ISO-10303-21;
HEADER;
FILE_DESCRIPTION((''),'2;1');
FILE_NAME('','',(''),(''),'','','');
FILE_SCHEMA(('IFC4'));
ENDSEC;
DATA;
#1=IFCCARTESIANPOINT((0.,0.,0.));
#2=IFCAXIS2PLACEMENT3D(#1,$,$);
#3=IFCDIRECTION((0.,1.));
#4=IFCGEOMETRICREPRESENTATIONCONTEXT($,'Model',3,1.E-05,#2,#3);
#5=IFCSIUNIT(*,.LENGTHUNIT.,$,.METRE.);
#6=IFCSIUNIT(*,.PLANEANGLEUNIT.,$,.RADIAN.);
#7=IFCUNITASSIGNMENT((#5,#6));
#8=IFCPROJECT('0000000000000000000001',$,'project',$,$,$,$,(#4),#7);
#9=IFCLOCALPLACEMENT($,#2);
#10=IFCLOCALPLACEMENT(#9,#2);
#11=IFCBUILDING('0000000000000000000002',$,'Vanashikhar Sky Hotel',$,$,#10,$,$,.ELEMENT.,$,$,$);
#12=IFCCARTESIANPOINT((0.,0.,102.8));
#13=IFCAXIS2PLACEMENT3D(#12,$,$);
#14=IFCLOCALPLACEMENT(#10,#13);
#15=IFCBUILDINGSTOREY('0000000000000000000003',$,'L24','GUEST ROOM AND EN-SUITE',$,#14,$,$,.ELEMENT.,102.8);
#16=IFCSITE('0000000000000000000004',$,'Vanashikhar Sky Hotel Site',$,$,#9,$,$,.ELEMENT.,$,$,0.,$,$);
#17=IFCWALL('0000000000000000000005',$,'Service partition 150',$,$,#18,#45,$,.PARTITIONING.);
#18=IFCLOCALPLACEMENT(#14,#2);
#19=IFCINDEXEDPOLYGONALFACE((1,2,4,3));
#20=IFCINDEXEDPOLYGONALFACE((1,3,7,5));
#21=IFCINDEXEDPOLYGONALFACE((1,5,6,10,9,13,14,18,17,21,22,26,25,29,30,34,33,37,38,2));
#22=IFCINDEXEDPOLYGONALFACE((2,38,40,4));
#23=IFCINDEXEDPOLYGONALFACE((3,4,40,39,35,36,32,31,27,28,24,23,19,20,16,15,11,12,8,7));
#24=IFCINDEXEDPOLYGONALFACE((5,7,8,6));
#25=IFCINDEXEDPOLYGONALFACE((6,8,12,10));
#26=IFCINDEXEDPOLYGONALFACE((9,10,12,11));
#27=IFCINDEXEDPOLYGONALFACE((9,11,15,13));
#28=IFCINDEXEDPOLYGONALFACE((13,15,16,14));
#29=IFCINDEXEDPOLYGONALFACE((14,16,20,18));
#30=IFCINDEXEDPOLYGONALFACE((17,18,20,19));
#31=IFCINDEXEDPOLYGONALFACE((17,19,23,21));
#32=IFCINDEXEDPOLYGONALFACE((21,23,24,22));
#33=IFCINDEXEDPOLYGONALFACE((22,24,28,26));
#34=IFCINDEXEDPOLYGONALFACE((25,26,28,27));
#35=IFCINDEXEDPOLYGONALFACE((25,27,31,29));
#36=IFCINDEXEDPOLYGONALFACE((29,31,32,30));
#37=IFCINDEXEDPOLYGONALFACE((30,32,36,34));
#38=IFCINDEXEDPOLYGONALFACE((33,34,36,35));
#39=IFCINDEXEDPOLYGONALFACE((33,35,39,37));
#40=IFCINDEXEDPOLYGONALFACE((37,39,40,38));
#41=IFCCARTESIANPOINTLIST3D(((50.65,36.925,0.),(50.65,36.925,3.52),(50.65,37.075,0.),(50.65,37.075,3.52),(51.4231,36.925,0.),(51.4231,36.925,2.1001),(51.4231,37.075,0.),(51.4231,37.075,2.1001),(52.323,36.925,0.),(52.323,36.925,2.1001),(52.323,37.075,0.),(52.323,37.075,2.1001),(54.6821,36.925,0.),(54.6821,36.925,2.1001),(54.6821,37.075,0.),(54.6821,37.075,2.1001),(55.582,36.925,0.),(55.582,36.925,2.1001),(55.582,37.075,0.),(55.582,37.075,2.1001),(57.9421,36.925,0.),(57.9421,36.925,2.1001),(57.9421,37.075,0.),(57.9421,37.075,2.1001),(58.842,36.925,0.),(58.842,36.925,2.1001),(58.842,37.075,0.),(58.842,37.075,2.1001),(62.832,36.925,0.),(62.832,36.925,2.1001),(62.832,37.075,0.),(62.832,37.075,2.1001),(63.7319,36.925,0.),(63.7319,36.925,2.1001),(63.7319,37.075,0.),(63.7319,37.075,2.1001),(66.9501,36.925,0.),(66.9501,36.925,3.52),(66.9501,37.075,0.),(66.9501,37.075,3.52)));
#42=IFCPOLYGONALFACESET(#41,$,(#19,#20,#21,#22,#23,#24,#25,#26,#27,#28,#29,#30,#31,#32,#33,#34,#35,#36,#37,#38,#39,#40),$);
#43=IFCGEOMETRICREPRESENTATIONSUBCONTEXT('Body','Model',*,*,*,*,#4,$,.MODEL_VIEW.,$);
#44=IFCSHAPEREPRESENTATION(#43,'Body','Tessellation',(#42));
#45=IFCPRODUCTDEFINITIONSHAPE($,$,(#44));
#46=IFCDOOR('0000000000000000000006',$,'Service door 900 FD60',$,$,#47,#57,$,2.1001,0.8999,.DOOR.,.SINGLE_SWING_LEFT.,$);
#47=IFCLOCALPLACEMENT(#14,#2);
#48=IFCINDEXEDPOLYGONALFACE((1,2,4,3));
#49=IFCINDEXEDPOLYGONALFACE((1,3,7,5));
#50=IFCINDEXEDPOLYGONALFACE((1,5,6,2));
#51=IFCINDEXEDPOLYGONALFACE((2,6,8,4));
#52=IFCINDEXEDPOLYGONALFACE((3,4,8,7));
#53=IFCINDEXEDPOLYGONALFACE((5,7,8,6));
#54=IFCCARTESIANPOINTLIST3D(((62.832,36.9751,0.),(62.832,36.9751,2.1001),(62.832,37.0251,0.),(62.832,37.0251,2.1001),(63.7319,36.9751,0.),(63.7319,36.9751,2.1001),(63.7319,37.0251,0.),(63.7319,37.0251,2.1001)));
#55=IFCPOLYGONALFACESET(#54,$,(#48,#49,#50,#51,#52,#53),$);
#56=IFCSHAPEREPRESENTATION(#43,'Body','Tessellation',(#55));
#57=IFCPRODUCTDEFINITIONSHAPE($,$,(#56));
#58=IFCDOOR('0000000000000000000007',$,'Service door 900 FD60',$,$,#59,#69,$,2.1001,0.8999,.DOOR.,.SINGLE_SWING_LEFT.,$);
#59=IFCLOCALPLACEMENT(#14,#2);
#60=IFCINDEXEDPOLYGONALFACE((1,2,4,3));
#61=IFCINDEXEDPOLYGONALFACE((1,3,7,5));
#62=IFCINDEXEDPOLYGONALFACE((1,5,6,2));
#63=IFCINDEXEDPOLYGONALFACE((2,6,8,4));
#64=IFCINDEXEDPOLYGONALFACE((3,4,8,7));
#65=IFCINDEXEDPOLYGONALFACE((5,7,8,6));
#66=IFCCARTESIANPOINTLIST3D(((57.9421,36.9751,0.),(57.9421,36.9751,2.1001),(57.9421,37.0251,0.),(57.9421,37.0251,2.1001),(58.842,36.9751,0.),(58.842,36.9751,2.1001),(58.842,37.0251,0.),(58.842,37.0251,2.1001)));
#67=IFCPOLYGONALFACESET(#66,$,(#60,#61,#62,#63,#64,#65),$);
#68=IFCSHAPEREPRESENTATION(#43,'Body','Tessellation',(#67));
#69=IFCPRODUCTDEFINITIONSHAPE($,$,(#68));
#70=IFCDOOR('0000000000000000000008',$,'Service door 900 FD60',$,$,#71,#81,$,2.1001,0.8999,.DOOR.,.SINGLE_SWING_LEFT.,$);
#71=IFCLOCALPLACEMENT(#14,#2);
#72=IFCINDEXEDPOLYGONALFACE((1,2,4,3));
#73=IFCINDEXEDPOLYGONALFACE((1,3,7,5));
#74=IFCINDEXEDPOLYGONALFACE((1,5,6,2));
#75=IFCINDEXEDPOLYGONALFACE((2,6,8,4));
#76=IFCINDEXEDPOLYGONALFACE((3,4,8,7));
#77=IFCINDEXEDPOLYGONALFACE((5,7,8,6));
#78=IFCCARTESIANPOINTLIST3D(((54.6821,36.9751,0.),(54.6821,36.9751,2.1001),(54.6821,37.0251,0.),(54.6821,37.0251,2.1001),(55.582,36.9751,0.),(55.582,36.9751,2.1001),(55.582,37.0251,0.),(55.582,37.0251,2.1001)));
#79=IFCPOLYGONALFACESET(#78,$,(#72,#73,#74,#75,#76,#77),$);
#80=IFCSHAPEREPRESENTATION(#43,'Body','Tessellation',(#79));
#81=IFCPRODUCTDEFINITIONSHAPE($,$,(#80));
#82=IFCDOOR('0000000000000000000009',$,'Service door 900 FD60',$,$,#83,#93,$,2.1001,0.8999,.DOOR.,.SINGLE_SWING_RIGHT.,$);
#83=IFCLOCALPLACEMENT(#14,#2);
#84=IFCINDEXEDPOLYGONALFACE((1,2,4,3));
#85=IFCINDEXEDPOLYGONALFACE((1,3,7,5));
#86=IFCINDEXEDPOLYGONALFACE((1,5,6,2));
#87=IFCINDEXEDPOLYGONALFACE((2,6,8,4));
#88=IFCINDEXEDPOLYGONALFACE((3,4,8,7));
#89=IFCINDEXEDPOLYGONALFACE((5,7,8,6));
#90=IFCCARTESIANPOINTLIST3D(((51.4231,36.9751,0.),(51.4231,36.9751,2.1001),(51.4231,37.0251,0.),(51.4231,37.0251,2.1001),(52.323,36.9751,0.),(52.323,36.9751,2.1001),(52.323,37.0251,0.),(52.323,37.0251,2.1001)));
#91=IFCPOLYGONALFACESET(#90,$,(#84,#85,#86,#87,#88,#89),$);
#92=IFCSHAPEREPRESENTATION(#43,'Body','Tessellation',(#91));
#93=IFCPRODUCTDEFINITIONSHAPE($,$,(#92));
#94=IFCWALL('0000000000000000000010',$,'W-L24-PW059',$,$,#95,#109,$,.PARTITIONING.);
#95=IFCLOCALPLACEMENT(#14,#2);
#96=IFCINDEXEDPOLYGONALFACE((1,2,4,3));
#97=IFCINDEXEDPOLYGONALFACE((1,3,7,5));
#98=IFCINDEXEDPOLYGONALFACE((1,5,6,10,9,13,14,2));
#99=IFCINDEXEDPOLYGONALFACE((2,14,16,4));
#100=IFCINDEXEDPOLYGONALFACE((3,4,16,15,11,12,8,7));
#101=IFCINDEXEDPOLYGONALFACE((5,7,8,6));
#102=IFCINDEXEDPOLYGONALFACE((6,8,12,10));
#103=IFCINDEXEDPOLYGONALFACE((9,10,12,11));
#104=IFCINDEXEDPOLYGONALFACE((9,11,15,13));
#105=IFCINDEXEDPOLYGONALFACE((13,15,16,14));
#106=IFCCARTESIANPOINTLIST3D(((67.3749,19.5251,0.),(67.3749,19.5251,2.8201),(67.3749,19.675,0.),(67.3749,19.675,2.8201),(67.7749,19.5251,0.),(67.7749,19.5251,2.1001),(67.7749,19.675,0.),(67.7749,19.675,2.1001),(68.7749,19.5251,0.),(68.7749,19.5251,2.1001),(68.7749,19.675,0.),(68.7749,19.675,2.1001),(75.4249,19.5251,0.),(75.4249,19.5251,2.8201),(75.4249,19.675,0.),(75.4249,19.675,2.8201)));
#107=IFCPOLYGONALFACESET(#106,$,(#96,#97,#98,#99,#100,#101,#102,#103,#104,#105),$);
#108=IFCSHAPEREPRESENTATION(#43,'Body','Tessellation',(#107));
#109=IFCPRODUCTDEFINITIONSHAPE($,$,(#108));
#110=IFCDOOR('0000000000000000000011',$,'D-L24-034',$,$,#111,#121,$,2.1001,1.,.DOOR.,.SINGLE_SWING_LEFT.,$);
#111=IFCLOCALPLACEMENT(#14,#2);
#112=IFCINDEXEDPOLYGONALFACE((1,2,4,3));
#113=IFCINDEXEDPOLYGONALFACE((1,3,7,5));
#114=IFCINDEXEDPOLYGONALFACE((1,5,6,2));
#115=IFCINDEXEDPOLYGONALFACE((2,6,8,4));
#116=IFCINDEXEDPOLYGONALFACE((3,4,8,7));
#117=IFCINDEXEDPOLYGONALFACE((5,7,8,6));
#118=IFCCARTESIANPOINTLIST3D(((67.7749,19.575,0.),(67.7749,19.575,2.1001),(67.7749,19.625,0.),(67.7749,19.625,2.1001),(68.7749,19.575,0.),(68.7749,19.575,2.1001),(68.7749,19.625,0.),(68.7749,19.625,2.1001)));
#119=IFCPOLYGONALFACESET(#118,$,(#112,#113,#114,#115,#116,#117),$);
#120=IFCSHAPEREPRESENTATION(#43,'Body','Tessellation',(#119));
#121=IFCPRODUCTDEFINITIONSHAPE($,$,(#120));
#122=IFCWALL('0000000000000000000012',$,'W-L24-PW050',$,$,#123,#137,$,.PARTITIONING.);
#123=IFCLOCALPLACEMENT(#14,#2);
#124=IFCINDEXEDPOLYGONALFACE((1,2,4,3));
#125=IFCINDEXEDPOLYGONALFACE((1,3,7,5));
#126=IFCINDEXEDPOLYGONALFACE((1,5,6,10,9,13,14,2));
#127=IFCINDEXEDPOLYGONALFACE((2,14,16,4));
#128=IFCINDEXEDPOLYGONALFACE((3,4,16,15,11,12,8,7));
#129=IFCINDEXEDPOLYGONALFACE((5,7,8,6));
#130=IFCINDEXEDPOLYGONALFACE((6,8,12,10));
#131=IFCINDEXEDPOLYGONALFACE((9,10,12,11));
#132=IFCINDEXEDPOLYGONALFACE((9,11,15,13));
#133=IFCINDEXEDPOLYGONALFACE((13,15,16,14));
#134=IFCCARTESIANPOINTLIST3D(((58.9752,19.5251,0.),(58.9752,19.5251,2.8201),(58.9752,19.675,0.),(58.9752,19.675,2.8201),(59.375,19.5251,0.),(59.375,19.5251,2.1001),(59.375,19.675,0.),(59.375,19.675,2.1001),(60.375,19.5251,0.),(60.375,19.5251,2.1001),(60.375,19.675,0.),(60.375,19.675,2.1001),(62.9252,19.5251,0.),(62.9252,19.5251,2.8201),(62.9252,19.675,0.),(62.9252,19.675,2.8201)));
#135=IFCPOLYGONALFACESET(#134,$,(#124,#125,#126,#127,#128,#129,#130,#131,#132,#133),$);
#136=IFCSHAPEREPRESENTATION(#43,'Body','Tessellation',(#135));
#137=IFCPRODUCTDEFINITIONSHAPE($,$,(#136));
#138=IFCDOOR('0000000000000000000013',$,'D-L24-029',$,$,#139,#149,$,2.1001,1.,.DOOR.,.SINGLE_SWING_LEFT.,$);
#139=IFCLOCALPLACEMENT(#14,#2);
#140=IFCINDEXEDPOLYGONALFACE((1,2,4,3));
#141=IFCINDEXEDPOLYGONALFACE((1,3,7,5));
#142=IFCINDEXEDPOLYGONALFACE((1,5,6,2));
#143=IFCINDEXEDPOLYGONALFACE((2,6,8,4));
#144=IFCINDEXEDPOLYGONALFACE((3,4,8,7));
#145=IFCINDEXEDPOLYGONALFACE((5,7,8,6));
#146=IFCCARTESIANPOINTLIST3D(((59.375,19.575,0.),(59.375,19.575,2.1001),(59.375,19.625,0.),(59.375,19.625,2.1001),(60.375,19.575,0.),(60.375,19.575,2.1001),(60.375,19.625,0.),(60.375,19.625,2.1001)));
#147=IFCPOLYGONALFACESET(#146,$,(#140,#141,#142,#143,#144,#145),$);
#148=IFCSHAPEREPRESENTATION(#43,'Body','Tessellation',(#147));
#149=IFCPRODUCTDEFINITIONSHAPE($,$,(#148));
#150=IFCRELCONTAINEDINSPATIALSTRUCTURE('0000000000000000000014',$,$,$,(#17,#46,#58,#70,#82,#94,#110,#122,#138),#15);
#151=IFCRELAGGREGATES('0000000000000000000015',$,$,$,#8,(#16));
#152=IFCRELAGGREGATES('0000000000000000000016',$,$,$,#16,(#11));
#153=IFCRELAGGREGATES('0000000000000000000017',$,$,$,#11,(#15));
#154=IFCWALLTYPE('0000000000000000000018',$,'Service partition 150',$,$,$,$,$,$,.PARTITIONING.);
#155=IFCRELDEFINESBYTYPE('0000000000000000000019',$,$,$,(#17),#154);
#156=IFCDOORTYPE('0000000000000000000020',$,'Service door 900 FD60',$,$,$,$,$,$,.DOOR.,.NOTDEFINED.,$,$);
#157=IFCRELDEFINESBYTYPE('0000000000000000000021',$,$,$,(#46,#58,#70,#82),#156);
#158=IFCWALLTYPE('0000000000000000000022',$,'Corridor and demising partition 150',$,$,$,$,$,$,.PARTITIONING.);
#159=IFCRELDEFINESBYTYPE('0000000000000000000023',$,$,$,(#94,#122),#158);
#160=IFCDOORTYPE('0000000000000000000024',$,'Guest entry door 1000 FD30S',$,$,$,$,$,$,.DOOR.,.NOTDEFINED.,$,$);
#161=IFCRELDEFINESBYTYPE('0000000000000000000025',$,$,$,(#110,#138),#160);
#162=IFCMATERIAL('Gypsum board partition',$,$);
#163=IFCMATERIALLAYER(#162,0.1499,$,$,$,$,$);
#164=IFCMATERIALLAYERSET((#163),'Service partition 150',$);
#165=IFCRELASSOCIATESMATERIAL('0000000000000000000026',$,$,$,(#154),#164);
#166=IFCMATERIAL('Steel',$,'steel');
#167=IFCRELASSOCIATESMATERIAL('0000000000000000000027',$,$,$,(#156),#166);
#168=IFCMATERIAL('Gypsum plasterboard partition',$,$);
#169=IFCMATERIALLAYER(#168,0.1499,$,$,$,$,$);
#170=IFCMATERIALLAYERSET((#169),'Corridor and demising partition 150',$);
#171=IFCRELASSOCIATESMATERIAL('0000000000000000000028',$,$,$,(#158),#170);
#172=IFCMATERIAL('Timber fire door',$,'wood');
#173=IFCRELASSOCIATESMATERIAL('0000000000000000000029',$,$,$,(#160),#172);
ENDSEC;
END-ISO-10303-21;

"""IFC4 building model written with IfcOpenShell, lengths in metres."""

from ifc_helpers import new_model, si_unit, direction, frame, frame_2d, origin, place, context, subcontext, project, spatial, rectangle, extrude, source, transform, mapped, material, layer, layer_set, type_object, element, fill, save


model = new_model("IFC4")

# Units and contexts
model_context = context("Model", 3, precision=1e-05, world=origin(), true_north=direction((0.0, 1.0)))
body_context = subcontext(model_context, "Body", "Model", "MODEL_VIEW")
ifc_project = project(units=[si_unit("LENGTHUNIT", "METRE"), si_unit("PLANEANGLEUNIT", "RADIAN")], contexts=[model_context])

# Site, building, storey
site_placement = place(None, origin())
site = spatial("IfcSite", under=ifc_project, at=site_placement, Name="Vanashikhar Sky Hotel Site", CompositionType="ELEMENT", RefElevation=0.0)
building_placement = place(site_placement, origin())
building = spatial("IfcBuilding", under=site, at=building_placement, Name="Vanashikhar Sky Hotel", CompositionType="ELEMENT")
storey_placement = place(building_placement, frame((0.0, 0.0, 102.8)))
storey = spatial("IfcBuildingStorey", under=building, at=storey_placement, Name="L24", Description="GUEST ROOM AND EN-SUITE", CompositionType="ELEMENT", Elevation=102.8)

# Shared definitions
ifc_material_1 = material(Name="Gypsum board partition")
ifc_layer_1 = layer(ifc_material_1, 0.1499)
ifc_layer_set_1 = layer_set([ifc_layer_1], Name="Service partition 150")
wall_type_1 = type_object("IfcWallType", Name="Service partition 150", PredefinedType="PARTITIONING", material=ifc_layer_set_1)
shared_shape_1 = source(origin(), body_context, "Body", "SweptSolid", [
    extrude(rectangle(XDim=0.8999, YDim=2.1001, at=frame_2d((0.45, 1.05))), frame((0.0, 0.085, 0.0), z_axis=(0.0, -1.0, 0.0), x_axis=(1.0, 0.0, 0.0)), (0.0, 0.0, 1.0), 0.1699),
])
ifc_material_2 = material(Name="Steel", Category="steel")
door_type_1 = type_object("IfcDoorType", Name="Service door 900 FD60", OperationType="NOTDEFINED", PredefinedType="DOOR", material=ifc_material_2)
shared_shape_2 = source(origin(), body_context, "Body", "SweptSolid", [
    extrude(rectangle(XDim=0.8999, YDim=2.1001, at=frame_2d((0.45, 1.05))), frame((0.0, 0.0249, 0.0), z_axis=(0.0, -1.0, 0.0), x_axis=(1.0, 0.0, 0.0)), (0.0, 0.0, 1.0), 0.05),
])

# Wall, openings, doors
shared_shape_3 = source(origin(), body_context, "Body", "SweptSolid", [
    extrude(rectangle(XDim=16.3, YDim=0.1499, at=frame_2d((8.1499, 0.0))), origin(), (0.0, 0.0, 1.0), 3.52),
])
wall_1_placement = place(storey_placement, frame((66.95, 37.0, 0.0), z_axis=(0.0, 0.0, 1.0), x_axis=(-1.0, 0.0, 0.0)))
wall_1 = element("IfcWall", 1, at=wall_1_placement, inside=storey, type_object=wall_type_1, Name="Service partition 150", PredefinedType="PARTITIONING", context=body_context, shape_type="MappedRepresentation", body=[
    mapped(shared_shape_3, transform((0.0, 0.0, 0.0), scale=1.0)),
])
opening_1_placement = place(wall_1_placement, frame((3.218, 0.0, 0.0)))
opening_1 = element("IfcOpeningElement", 2, at=opening_1_placement, cuts=wall_1, PredefinedType="OPENING", context=body_context, shape_type="MappedRepresentation", body=[
    mapped(shared_shape_1, transform((0.0, 0.0, 0.0), scale=1.0)),
])
opening_2_placement = place(wall_1_placement, frame((8.1079, 0.0, 0.0)))
opening_2 = element("IfcOpeningElement", 3, at=opening_2_placement, cuts=wall_1, PredefinedType="OPENING", context=body_context, shape_type="MappedRepresentation", body=[
    mapped(shared_shape_1, transform((0.0, 0.0, 0.0), scale=1.0)),
])
opening_3_placement = place(wall_1_placement, frame((11.3679, 0.0, 0.0)))
opening_3 = element("IfcOpeningElement", 4, at=opening_3_placement, cuts=wall_1, PredefinedType="OPENING", context=body_context, shape_type="MappedRepresentation", body=[
    mapped(shared_shape_1, transform((0.0, 0.0, 0.0), scale=1.0)),
])
opening_4_placement = place(wall_1_placement, frame((14.627, 0.0, 0.0)))
opening_4 = element("IfcOpeningElement", 5, at=opening_4_placement, cuts=wall_1, PredefinedType="OPENING", context=body_context, shape_type="MappedRepresentation", body=[
    mapped(shared_shape_1, transform((0.0, 0.0, 0.0), scale=1.0)),
])
door_1_placement = place(opening_1_placement, origin())
door_1 = element("IfcDoor", 6, at=door_1_placement, inside=storey, type_object=door_type_1, Name="Service door 900 FD60", OperationType="SINGLE_SWING_LEFT", OverallHeight=2.1001, OverallWidth=0.8999, PredefinedType="DOOR", context=body_context, shape_type="MappedRepresentation", body=[
    mapped(shared_shape_2, transform((0.0, 0.0, 0.0), scale=1.0)),
])
fill(opening_1, door_1)
door_2_placement = place(opening_2_placement, origin())
door_2 = element("IfcDoor", 7, at=door_2_placement, inside=storey, type_object=door_type_1, Name="Service door 900 FD60", OperationType="SINGLE_SWING_LEFT", OverallHeight=2.1001, OverallWidth=0.8999, PredefinedType="DOOR", context=body_context, shape_type="MappedRepresentation", body=[
    mapped(shared_shape_2, transform((0.0, 0.0, 0.0), scale=1.0)),
])
fill(opening_2, door_2)
door_3_placement = place(opening_3_placement, origin())
door_3 = element("IfcDoor", 8, at=door_3_placement, inside=storey, type_object=door_type_1, Name="Service door 900 FD60", OperationType="SINGLE_SWING_LEFT", OverallHeight=2.1001, OverallWidth=0.8999, PredefinedType="DOOR", context=body_context, shape_type="MappedRepresentation", body=[
    mapped(shared_shape_2, transform((0.0, 0.0, 0.0), scale=1.0)),
])
fill(opening_3, door_3)
door_4_placement = place(opening_4_placement, origin())
door_4 = element("IfcDoor", 9, at=door_4_placement, inside=storey, type_object=door_type_1, Name="Service door 900 FD60", OperationType="SINGLE_SWING_RIGHT", OverallHeight=2.1001, OverallWidth=0.8999, PredefinedType="DOOR", context=body_context, shape_type="MappedRepresentation", body=[
    mapped(shared_shape_2, transform((0.0, 0.0, 0.0), scale=1.0)),
])
fill(opening_4, door_4)

# Walls, openings, doors
ifc_material_3 = material(Name="Gypsum plasterboard partition")
ifc_layer_2 = layer(ifc_material_3, 0.1499)
ifc_layer_set_2 = layer_set([ifc_layer_2], Name="Corridor and demising partition 150")
wall_type_2 = type_object("IfcWallType", Name="Corridor and demising partition 150", PredefinedType="PARTITIONING", material=ifc_layer_set_2)
shared_shape_4 = source(origin(), body_context, "Body", "SweptSolid", [
    extrude(rectangle(XDim=8.05, YDim=0.1499, at=frame_2d((4.0249, 0.0))), origin(), (0.0, 0.0, 1.0), 2.8201),
])
wall_2_placement = place(storey_placement, frame((67.375, 19.6001, 0.0), z_axis=(0.0, 0.0, 1.0), x_axis=(1.0, 0.0, 0.0)))
wall_2 = element("IfcWall", 10, at=wall_2_placement, inside=storey, type_object=wall_type_2, Name="W-L24-PW059", PredefinedType="PARTITIONING", context=body_context, shape_type="MappedRepresentation", body=[
    mapped(shared_shape_4, transform((0.0, 0.0, 0.0), scale=1.0)),
])
shared_shape_5 = source(origin(), body_context, "Body", "SweptSolid", [
    extrude(rectangle(XDim=1.0, YDim=2.1001, at=frame_2d((0.5, 1.05))), frame((0.0, 0.085, 0.0), z_axis=(0.0, -1.0, 0.0), x_axis=(1.0, 0.0, 0.0)), (0.0, 0.0, 1.0), 0.1699),
])
opening_5_placement = place(wall_2_placement, frame((0.3999, 0.0, 0.0)))
opening_5 = element("IfcOpeningElement", 11, at=opening_5_placement, cuts=wall_2, PredefinedType="OPENING", context=body_context, shape_type="MappedRepresentation", body=[
    mapped(shared_shape_5, transform((0.0, 0.0, 0.0), scale=1.0)),
])
ifc_material_4 = material(Name="Timber fire door", Category="wood")
door_type_2 = type_object("IfcDoorType", Name="Guest entry door 1000 FD30S", OperationType="NOTDEFINED", PredefinedType="DOOR", material=ifc_material_4)
shared_shape_6 = source(origin(), body_context, "Body", "SweptSolid", [
    extrude(rectangle(XDim=1.0, YDim=2.1001, at=frame_2d((0.5, 1.05))), frame((0.0, 0.0249, 0.0), z_axis=(0.0, -1.0, 0.0), x_axis=(1.0, 0.0, 0.0)), (0.0, 0.0, 1.0), 0.05),
])
door_5_placement = place(opening_5_placement, origin())
door_5 = element("IfcDoor", 12, at=door_5_placement, inside=storey, type_object=door_type_2, Name="D-L24-034", OperationType="SINGLE_SWING_LEFT", OverallHeight=2.1001, OverallWidth=1.0, PredefinedType="DOOR", context=body_context, shape_type="MappedRepresentation", body=[
    mapped(shared_shape_6, transform((0.0, 0.0, 0.0), scale=1.0)),
])
fill(opening_5, door_5)
shared_shape_7 = source(origin(), body_context, "Body", "SweptSolid", [
    extrude(rectangle(XDim=3.95, YDim=0.1499, at=frame_2d((1.9751, 0.0))), origin(), (0.0, 0.0, 1.0), 2.8201),
])
wall_3_placement = place(storey_placement, frame((58.9751, 19.6001, 0.0), z_axis=(0.0, 0.0, 1.0), x_axis=(1.0, 0.0, 0.0)))
wall_3 = element("IfcWall", 13, at=wall_3_placement, inside=storey, type_object=wall_type_2, Name="W-L24-PW050", PredefinedType="PARTITIONING", context=body_context, shape_type="MappedRepresentation", body=[
    mapped(shared_shape_7, transform((0.0, 0.0, 0.0), scale=1.0)),
])
opening_6_placement = place(wall_3_placement, frame((0.3999, 0.0, 0.0)))
opening_6 = element("IfcOpeningElement", 14, at=opening_6_placement, cuts=wall_3, PredefinedType="OPENING", context=body_context, shape_type="MappedRepresentation", body=[
    mapped(shared_shape_5, transform((0.0, 0.0, 0.0), scale=1.0)),
])
door_6_placement = place(opening_6_placement, origin())
door_6 = element("IfcDoor", 15, at=door_6_placement, inside=storey, type_object=door_type_2, Name="D-L24-029", OperationType="SINGLE_SWING_LEFT", OverallHeight=2.1001, OverallWidth=1.0, PredefinedType="DOOR", context=body_context, shape_type="MappedRepresentation", body=[
    mapped(shared_shape_6, transform((0.0, 0.0, 0.0), scale=1.0)),
])
fill(opening_6, door_6)

save(model, "model.ifc")
